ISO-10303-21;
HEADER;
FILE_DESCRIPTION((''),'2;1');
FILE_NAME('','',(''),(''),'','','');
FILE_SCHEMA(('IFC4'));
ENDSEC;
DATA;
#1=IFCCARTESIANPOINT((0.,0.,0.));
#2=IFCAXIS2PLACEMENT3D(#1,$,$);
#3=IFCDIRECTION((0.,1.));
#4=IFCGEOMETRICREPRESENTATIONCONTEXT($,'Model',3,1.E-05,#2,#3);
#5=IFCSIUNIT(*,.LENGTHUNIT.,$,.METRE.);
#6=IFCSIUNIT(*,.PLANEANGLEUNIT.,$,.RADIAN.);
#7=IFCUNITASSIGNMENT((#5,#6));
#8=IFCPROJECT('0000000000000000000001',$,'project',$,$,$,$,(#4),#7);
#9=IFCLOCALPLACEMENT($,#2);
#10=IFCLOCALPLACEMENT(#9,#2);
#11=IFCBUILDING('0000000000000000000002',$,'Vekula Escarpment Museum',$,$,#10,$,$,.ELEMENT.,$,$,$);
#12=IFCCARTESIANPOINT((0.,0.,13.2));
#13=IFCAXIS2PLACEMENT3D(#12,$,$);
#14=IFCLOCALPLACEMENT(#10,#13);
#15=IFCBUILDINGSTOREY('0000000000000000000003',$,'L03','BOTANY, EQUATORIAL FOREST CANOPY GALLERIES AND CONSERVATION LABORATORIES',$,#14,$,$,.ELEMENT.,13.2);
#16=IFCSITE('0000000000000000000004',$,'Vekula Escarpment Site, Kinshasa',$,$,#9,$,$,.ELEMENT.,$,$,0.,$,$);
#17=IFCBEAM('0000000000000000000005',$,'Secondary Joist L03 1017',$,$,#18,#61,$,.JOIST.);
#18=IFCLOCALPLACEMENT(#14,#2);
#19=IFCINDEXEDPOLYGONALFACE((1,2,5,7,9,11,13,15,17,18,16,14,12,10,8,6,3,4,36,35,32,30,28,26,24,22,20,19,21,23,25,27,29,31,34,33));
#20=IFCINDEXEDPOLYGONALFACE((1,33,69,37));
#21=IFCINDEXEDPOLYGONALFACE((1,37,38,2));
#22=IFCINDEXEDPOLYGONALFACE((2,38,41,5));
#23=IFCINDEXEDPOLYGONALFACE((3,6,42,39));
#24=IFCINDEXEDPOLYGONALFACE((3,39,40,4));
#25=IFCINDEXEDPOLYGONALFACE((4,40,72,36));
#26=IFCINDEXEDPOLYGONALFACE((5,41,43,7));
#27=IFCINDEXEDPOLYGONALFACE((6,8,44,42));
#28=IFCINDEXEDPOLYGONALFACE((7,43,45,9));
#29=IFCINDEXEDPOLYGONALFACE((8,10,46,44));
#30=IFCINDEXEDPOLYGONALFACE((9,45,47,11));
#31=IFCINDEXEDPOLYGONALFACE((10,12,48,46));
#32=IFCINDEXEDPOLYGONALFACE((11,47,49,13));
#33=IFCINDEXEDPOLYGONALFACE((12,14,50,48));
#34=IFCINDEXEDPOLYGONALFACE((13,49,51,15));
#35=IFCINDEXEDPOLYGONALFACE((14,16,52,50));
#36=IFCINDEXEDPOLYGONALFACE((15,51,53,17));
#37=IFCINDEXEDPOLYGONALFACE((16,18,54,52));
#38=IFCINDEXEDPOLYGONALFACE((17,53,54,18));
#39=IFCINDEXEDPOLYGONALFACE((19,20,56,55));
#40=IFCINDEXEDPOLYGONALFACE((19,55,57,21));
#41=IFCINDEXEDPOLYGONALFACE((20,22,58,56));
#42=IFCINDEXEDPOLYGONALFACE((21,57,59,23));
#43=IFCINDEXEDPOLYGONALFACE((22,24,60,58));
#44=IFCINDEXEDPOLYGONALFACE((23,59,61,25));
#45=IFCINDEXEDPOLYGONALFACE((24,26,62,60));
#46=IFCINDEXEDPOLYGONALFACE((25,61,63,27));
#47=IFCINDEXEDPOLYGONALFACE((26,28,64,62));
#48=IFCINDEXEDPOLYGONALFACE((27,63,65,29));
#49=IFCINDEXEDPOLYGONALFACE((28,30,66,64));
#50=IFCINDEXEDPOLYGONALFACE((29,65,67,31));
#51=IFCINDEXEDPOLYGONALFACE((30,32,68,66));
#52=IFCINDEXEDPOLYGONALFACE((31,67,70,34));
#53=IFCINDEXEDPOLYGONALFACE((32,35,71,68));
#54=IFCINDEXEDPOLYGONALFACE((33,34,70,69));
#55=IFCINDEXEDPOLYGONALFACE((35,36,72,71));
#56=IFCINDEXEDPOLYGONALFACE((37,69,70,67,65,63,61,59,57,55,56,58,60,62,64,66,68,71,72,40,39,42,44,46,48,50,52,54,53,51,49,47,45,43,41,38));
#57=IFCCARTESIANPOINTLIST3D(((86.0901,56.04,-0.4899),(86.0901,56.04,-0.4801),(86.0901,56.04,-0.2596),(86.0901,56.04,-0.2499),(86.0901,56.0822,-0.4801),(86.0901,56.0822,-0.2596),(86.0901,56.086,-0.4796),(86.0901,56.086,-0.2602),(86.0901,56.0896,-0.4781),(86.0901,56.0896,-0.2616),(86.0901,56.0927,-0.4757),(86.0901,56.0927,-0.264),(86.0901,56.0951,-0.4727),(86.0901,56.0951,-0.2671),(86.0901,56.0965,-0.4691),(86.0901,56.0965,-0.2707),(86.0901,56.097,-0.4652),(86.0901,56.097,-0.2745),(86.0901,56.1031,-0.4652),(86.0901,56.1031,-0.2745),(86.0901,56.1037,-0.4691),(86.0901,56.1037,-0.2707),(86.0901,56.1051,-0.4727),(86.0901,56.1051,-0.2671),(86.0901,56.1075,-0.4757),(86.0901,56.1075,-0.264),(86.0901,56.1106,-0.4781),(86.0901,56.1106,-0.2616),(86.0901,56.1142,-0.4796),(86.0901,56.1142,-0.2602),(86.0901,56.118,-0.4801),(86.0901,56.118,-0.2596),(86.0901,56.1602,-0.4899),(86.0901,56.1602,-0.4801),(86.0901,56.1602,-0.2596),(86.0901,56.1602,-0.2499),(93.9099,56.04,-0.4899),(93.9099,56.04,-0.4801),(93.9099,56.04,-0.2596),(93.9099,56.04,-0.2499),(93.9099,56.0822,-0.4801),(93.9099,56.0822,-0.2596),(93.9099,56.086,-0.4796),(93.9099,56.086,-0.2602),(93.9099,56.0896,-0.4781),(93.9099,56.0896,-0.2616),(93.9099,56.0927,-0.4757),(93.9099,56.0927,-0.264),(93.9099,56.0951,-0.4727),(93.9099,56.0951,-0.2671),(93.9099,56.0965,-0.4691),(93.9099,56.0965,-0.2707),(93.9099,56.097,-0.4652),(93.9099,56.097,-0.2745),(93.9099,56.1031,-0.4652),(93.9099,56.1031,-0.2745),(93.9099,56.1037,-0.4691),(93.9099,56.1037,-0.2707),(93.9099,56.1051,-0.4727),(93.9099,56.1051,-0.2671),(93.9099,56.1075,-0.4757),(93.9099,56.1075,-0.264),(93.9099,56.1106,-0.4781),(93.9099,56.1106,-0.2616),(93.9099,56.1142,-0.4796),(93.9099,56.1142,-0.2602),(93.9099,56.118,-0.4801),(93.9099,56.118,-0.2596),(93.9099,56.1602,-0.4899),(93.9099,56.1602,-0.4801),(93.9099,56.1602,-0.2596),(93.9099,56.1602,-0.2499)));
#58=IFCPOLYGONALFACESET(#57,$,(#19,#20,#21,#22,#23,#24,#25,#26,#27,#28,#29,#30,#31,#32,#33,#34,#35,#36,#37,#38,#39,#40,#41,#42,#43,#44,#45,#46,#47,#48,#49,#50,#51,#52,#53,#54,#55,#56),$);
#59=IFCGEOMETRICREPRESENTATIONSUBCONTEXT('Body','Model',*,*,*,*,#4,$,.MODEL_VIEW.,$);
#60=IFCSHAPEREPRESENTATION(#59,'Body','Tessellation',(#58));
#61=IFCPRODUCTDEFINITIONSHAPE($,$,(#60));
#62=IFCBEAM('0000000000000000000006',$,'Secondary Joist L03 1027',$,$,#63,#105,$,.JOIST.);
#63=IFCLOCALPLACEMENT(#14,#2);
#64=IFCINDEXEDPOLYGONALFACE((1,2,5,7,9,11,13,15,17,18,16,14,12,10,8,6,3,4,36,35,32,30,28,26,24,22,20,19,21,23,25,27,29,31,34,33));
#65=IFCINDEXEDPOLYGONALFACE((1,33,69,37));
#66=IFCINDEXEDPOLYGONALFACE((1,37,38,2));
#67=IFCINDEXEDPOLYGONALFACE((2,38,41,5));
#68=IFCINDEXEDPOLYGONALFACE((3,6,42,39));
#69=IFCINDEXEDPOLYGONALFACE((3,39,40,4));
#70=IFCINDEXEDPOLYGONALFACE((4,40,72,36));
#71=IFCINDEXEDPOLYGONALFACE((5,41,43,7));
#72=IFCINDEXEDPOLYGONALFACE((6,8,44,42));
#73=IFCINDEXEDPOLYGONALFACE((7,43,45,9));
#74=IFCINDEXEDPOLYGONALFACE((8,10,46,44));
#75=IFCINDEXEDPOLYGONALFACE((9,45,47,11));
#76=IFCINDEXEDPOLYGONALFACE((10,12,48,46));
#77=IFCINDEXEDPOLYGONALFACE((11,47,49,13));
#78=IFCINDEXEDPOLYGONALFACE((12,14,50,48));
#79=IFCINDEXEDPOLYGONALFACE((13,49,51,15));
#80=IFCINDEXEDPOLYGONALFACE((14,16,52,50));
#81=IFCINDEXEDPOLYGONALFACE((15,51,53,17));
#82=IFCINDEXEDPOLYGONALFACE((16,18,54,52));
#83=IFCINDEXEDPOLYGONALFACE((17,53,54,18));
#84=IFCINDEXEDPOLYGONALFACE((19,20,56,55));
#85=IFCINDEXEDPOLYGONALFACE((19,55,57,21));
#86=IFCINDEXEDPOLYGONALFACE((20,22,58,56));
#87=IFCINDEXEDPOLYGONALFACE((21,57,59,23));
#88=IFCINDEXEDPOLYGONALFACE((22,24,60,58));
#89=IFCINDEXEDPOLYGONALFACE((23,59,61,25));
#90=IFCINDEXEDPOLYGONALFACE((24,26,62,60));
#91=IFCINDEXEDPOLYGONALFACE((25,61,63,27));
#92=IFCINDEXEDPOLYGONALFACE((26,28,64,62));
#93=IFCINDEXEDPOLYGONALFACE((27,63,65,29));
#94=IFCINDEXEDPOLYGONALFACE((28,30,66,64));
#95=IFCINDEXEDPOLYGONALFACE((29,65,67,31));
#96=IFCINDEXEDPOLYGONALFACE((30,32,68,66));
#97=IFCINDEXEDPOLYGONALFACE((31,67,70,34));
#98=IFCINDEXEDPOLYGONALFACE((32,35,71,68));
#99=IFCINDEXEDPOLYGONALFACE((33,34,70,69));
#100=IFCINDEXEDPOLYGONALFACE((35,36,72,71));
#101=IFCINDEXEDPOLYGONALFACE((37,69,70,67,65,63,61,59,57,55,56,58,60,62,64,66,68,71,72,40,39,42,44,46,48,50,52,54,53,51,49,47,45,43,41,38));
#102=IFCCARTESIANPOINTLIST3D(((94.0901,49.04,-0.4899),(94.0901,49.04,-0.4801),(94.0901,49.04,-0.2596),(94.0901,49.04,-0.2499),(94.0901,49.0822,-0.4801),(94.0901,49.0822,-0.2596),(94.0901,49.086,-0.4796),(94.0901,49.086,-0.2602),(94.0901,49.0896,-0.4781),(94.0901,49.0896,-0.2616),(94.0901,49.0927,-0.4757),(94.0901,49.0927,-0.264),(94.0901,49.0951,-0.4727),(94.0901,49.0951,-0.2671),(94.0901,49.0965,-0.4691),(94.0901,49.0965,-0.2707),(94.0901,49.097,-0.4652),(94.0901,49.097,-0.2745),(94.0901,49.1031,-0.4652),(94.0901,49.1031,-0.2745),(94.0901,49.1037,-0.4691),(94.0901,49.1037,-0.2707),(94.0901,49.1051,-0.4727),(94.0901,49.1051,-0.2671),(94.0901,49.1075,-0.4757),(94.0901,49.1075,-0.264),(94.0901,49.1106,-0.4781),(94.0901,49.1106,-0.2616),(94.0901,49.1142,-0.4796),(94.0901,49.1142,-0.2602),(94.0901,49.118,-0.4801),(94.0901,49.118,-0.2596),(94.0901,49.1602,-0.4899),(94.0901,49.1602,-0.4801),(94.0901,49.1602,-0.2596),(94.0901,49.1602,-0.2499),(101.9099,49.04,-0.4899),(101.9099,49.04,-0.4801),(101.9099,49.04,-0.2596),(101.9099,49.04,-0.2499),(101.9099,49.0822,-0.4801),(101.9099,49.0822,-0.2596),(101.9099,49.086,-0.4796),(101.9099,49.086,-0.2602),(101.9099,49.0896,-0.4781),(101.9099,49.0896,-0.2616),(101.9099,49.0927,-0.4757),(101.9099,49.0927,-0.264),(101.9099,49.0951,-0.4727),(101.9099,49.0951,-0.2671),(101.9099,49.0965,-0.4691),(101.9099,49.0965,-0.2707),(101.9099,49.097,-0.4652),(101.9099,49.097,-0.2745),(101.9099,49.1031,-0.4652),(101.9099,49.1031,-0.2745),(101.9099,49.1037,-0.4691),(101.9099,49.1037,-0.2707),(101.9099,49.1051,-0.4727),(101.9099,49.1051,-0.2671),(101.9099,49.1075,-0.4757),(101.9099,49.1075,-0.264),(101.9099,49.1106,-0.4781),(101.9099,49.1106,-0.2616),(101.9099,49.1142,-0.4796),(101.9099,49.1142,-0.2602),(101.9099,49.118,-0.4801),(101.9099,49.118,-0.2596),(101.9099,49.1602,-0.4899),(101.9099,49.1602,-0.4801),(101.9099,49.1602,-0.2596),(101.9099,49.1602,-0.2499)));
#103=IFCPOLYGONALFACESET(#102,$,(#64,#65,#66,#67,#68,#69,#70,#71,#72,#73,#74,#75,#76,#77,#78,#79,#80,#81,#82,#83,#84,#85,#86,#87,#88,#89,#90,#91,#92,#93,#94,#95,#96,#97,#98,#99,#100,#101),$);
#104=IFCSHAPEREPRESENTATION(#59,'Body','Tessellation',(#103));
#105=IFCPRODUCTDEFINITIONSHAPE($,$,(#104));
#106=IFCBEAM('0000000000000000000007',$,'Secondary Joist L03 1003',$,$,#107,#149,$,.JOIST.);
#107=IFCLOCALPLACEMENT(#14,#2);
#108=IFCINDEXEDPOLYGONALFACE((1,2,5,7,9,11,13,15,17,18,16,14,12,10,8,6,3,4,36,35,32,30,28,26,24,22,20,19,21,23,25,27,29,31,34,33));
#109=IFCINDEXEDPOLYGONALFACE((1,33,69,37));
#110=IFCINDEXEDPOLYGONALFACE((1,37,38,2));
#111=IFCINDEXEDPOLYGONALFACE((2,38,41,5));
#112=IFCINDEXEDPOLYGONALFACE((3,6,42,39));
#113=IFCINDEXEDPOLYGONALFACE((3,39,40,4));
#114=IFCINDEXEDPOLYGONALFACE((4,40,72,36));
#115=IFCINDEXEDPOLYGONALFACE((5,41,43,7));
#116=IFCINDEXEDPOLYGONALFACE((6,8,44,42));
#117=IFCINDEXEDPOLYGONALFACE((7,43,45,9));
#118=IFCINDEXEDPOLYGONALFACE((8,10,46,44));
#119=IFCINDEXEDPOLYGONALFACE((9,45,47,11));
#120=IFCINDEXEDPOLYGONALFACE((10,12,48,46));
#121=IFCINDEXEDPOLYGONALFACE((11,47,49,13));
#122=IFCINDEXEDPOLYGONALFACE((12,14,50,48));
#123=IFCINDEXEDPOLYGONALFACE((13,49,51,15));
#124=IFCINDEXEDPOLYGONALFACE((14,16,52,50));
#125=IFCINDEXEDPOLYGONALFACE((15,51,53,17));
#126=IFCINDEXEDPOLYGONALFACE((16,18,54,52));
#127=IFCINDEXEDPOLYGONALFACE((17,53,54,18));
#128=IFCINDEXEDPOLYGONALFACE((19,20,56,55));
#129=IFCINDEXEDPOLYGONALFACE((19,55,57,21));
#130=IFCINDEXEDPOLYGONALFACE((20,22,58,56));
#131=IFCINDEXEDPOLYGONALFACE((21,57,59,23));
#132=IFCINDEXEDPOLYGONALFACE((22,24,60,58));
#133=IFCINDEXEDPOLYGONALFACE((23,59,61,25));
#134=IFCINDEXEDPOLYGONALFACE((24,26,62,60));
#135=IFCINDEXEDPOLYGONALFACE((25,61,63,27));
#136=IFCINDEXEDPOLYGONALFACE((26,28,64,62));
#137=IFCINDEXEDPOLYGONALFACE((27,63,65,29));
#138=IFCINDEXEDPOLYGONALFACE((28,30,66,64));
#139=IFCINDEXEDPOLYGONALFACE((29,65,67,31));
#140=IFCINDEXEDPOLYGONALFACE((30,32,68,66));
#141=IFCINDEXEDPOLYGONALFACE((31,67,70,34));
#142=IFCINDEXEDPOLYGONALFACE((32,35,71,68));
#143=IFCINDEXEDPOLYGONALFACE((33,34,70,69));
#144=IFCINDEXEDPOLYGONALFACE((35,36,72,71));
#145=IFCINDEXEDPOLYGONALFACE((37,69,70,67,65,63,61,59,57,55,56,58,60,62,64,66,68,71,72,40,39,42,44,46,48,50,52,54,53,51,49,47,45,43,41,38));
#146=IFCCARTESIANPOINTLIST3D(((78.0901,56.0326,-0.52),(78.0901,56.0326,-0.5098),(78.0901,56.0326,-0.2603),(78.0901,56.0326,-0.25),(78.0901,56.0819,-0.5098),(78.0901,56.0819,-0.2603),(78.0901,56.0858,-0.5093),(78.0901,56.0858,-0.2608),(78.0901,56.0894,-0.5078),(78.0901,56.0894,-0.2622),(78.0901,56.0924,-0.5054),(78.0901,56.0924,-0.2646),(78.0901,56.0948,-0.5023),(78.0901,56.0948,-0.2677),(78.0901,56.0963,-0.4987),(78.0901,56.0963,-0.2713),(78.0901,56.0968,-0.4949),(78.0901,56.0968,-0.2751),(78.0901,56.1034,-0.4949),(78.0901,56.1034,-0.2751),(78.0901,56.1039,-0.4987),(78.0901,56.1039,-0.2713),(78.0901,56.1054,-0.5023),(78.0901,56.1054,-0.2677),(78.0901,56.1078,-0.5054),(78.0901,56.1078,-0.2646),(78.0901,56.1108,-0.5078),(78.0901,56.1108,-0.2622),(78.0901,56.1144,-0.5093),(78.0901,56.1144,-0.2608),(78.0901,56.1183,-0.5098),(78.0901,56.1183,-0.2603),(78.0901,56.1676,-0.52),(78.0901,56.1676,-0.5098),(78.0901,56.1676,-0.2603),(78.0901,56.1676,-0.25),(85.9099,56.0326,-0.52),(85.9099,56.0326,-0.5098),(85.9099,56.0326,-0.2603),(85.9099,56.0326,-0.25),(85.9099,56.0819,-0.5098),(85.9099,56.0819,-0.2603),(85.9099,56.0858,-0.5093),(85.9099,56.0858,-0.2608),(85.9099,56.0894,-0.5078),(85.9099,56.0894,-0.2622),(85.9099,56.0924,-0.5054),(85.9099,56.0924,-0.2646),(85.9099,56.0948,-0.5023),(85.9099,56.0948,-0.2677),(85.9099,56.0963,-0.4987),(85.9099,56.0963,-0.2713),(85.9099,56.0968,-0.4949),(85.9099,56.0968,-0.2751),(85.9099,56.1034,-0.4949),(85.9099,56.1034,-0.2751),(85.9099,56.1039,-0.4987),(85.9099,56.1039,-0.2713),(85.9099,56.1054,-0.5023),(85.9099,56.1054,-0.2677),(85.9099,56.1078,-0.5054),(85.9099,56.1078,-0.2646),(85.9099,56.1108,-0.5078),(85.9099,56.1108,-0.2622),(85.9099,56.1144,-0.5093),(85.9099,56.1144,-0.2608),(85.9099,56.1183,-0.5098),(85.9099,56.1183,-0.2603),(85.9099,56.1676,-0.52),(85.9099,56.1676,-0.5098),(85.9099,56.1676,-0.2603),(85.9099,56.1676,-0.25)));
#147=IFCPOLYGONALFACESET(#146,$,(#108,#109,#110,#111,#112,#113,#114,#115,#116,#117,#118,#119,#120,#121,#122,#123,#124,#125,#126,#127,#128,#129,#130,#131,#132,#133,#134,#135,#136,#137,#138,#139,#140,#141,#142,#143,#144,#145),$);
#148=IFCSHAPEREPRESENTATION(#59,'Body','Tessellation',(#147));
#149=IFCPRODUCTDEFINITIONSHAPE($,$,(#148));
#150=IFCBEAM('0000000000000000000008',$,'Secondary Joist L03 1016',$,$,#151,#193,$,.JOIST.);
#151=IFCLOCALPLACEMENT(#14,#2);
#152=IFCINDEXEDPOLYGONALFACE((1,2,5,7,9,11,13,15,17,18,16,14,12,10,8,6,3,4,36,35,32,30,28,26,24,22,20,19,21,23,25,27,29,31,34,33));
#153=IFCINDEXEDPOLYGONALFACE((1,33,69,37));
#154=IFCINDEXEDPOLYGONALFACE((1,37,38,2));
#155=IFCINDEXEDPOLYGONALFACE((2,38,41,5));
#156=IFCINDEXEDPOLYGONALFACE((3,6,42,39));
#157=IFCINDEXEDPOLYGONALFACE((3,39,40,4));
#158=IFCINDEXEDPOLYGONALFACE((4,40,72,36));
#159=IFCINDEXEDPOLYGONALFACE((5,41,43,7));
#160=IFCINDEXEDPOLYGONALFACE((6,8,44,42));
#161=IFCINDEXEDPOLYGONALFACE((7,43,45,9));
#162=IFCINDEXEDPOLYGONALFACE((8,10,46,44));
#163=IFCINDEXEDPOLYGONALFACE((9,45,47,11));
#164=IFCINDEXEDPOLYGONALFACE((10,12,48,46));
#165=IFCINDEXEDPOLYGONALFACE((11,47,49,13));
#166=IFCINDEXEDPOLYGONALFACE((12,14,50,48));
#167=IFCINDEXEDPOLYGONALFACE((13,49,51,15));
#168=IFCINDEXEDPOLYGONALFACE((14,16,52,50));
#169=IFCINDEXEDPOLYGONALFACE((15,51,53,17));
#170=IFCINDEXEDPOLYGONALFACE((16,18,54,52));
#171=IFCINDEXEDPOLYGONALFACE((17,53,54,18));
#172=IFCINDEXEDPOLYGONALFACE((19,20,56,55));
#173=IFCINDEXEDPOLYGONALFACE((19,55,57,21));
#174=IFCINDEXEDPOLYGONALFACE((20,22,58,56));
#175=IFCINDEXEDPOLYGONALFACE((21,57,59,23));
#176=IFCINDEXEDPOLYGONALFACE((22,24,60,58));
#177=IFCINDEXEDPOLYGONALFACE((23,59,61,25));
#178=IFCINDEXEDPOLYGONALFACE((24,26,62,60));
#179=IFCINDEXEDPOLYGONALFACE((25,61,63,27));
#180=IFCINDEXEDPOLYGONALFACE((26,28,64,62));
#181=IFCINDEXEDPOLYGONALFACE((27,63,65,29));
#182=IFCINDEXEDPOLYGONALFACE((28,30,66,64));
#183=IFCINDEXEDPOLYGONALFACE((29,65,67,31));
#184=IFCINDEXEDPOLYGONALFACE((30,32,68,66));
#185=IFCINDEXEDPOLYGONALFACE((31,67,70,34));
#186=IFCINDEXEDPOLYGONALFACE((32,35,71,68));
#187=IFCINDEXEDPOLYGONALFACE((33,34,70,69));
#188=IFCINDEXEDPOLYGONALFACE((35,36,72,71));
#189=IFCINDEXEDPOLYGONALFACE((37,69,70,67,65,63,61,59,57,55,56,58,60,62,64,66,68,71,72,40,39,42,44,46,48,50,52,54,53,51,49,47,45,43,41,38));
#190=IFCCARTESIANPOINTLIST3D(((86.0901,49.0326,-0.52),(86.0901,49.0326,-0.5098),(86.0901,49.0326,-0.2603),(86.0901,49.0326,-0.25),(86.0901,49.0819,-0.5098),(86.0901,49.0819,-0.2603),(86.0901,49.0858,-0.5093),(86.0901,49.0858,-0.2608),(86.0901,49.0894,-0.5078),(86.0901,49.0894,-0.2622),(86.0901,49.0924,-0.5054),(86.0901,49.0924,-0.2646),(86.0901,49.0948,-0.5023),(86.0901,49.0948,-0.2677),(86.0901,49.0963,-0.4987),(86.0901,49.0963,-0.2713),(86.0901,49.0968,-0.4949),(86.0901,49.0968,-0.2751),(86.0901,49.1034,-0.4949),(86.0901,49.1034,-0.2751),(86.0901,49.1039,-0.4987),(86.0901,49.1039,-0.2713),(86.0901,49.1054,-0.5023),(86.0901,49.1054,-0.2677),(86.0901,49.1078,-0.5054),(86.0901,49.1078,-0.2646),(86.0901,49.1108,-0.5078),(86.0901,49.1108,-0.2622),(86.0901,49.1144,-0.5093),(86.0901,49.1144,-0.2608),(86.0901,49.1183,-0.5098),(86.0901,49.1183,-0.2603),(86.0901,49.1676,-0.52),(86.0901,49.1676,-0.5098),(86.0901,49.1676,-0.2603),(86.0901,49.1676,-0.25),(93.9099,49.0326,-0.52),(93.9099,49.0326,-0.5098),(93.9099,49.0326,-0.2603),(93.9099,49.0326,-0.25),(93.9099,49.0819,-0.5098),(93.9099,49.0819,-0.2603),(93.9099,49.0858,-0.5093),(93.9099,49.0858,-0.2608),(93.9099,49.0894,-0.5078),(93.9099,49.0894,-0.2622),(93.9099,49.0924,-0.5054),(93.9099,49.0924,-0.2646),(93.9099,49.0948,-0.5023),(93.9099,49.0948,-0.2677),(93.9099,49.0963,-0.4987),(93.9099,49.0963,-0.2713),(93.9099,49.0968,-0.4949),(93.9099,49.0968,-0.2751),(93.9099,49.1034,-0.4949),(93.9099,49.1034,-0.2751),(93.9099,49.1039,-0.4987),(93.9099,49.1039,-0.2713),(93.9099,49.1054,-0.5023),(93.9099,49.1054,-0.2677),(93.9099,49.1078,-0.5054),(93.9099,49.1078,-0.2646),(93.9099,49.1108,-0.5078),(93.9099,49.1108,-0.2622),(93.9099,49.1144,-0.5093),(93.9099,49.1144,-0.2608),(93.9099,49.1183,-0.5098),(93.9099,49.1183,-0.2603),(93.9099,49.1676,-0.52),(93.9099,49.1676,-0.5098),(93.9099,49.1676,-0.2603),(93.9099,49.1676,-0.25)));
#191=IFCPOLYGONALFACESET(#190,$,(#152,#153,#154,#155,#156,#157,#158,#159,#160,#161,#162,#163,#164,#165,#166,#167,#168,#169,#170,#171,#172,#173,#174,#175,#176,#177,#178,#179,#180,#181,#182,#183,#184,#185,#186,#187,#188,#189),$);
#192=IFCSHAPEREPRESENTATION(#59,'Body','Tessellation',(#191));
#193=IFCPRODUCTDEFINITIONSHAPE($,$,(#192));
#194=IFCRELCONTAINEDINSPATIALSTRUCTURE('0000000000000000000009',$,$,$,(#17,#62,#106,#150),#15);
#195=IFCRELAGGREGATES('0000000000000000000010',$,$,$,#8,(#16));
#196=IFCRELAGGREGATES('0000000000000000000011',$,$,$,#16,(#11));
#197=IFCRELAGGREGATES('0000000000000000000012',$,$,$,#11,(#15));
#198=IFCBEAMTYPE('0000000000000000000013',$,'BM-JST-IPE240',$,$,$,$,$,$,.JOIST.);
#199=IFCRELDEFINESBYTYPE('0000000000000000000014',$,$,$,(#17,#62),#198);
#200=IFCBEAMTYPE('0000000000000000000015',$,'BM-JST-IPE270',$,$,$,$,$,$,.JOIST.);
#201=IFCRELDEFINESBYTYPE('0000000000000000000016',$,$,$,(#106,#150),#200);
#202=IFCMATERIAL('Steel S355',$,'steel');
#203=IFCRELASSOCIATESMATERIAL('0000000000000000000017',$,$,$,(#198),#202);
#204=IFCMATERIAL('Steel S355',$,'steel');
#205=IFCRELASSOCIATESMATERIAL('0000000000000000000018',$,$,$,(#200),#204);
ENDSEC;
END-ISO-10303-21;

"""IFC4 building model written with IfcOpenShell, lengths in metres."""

from ifc_helpers import new_model, si_unit, direction, frame, origin, origin_2d, place, context, subcontext, project, spatial, i_section, extrude, material, material_profile, profile_set, type_object, element, save


model = new_model("IFC4")

# Units and contexts
model_context = context("Model", 3, precision=1e-05, world=origin(), true_north=direction((0.0, 1.0)))
body_context = subcontext(model_context, "Body", "Model", "MODEL_VIEW")
ifc_project = project(units=[si_unit("LENGTHUNIT", "METRE"), si_unit("PLANEANGLEUNIT", "RADIAN")], contexts=[model_context])

# Site, building, storey
site_placement = place(None, origin())
site = spatial("IfcSite", under=ifc_project, at=site_placement, Name="Vekula Escarpment Site, Kinshasa", CompositionType="ELEMENT", RefElevation=0.0)
building_placement = place(site_placement, origin())
building = spatial("IfcBuilding", under=site, at=building_placement, Name="Vekula Escarpment Museum", CompositionType="ELEMENT")
storey_placement = place(building_placement, frame((0.0, 0.0, 13.2)))
storey = spatial("IfcBuildingStorey", under=building, at=storey_placement, Name="L03", Description="BOTANY, EQUATORIAL FOREST CANOPY GALLERIES AND CONSERVATION LABORATORIES", CompositionType="ELEMENT", Elevation=13.2)

# Beams
ifc_material_1 = material(Name="Steel S355", Category="steel")
ifc_material_profile_1 = material_profile(ifc_material_1, i_section(OverallWidth=0.1201, OverallDepth=0.24, WebThickness=0.0061, FlangeThickness=0.0098, FilletRadius=0.0149, at=origin_2d()), Name="IPE 240")
ifc_profile_set_1 = profile_set([ifc_material_profile_1], Name="Steel S355")
beam_type_1 = type_object("IfcBeamType", Name="BM-JST-IPE240", PredefinedType="JOIST", material=ifc_profile_set_1)
for number, where, z_axis, x_axis, name in (
    (1, (86.0901, 56.1001, -0.3699), (1.0, 0.0, 0.0), (0.0, 1.0, 0.0), "Secondary Joist L03 1017"),
    (2, (94.0901, 49.1001, -0.3699), (1.0, 0.0, 0.0), (0.0, 1.0, 0.0), "Secondary Joist L03 1027"),
):
    element("IfcBeam", number, at=place(storey_placement, frame(where, z_axis=z_axis, x_axis=x_axis)), inside=storey, type_object=beam_type_1, Name=name, PredefinedType="JOIST", context=body_context, shape_type="SweptSolid", body=[
        extrude(i_section(OverallWidth=0.1201, OverallDepth=0.24, WebThickness=0.0061, FlangeThickness=0.0098, FilletRadius=0.0149, at=origin_2d()), origin(), (0.0, 0.0, 1.0), 7.8198),
    ])
ifc_material_2 = material(Name="Steel S355", Category="steel")
ifc_material_profile_2 = material_profile(ifc_material_2, i_section(OverallWidth=0.135, OverallDepth=0.27, WebThickness=0.0066, FlangeThickness=0.0103, FilletRadius=0.0149, at=origin_2d()), Name="IPE 270")
ifc_profile_set_2 = profile_set([ifc_material_profile_2], Name="Steel S355")
beam_type_2 = type_object("IfcBeamType", Name="BM-JST-IPE270", PredefinedType="JOIST", material=ifc_profile_set_2)
for number, where, z_axis, x_axis, name in (
    (3, (78.0901, 56.1001, -0.385), (1.0, 0.0, 0.0), (0.0, 1.0, 0.0), "Secondary Joist L03 1003"),
    (4, (86.0901, 49.1001, -0.385), (1.0, 0.0, 0.0), (0.0, 1.0, 0.0), "Secondary Joist L03 1016"),
):
    element("IfcBeam", number, at=place(storey_placement, frame(where, z_axis=z_axis, x_axis=x_axis)), inside=storey, type_object=beam_type_2, Name=name, PredefinedType="JOIST", context=body_context, shape_type="SweptSolid", body=[
        extrude(i_section(OverallWidth=0.135, OverallDepth=0.27, WebThickness=0.0066, FlangeThickness=0.0103, FilletRadius=0.0149, at=origin_2d()), origin(), (0.0, 0.0, 1.0), 7.8198),
    ])

save(model, "model.ifc")
